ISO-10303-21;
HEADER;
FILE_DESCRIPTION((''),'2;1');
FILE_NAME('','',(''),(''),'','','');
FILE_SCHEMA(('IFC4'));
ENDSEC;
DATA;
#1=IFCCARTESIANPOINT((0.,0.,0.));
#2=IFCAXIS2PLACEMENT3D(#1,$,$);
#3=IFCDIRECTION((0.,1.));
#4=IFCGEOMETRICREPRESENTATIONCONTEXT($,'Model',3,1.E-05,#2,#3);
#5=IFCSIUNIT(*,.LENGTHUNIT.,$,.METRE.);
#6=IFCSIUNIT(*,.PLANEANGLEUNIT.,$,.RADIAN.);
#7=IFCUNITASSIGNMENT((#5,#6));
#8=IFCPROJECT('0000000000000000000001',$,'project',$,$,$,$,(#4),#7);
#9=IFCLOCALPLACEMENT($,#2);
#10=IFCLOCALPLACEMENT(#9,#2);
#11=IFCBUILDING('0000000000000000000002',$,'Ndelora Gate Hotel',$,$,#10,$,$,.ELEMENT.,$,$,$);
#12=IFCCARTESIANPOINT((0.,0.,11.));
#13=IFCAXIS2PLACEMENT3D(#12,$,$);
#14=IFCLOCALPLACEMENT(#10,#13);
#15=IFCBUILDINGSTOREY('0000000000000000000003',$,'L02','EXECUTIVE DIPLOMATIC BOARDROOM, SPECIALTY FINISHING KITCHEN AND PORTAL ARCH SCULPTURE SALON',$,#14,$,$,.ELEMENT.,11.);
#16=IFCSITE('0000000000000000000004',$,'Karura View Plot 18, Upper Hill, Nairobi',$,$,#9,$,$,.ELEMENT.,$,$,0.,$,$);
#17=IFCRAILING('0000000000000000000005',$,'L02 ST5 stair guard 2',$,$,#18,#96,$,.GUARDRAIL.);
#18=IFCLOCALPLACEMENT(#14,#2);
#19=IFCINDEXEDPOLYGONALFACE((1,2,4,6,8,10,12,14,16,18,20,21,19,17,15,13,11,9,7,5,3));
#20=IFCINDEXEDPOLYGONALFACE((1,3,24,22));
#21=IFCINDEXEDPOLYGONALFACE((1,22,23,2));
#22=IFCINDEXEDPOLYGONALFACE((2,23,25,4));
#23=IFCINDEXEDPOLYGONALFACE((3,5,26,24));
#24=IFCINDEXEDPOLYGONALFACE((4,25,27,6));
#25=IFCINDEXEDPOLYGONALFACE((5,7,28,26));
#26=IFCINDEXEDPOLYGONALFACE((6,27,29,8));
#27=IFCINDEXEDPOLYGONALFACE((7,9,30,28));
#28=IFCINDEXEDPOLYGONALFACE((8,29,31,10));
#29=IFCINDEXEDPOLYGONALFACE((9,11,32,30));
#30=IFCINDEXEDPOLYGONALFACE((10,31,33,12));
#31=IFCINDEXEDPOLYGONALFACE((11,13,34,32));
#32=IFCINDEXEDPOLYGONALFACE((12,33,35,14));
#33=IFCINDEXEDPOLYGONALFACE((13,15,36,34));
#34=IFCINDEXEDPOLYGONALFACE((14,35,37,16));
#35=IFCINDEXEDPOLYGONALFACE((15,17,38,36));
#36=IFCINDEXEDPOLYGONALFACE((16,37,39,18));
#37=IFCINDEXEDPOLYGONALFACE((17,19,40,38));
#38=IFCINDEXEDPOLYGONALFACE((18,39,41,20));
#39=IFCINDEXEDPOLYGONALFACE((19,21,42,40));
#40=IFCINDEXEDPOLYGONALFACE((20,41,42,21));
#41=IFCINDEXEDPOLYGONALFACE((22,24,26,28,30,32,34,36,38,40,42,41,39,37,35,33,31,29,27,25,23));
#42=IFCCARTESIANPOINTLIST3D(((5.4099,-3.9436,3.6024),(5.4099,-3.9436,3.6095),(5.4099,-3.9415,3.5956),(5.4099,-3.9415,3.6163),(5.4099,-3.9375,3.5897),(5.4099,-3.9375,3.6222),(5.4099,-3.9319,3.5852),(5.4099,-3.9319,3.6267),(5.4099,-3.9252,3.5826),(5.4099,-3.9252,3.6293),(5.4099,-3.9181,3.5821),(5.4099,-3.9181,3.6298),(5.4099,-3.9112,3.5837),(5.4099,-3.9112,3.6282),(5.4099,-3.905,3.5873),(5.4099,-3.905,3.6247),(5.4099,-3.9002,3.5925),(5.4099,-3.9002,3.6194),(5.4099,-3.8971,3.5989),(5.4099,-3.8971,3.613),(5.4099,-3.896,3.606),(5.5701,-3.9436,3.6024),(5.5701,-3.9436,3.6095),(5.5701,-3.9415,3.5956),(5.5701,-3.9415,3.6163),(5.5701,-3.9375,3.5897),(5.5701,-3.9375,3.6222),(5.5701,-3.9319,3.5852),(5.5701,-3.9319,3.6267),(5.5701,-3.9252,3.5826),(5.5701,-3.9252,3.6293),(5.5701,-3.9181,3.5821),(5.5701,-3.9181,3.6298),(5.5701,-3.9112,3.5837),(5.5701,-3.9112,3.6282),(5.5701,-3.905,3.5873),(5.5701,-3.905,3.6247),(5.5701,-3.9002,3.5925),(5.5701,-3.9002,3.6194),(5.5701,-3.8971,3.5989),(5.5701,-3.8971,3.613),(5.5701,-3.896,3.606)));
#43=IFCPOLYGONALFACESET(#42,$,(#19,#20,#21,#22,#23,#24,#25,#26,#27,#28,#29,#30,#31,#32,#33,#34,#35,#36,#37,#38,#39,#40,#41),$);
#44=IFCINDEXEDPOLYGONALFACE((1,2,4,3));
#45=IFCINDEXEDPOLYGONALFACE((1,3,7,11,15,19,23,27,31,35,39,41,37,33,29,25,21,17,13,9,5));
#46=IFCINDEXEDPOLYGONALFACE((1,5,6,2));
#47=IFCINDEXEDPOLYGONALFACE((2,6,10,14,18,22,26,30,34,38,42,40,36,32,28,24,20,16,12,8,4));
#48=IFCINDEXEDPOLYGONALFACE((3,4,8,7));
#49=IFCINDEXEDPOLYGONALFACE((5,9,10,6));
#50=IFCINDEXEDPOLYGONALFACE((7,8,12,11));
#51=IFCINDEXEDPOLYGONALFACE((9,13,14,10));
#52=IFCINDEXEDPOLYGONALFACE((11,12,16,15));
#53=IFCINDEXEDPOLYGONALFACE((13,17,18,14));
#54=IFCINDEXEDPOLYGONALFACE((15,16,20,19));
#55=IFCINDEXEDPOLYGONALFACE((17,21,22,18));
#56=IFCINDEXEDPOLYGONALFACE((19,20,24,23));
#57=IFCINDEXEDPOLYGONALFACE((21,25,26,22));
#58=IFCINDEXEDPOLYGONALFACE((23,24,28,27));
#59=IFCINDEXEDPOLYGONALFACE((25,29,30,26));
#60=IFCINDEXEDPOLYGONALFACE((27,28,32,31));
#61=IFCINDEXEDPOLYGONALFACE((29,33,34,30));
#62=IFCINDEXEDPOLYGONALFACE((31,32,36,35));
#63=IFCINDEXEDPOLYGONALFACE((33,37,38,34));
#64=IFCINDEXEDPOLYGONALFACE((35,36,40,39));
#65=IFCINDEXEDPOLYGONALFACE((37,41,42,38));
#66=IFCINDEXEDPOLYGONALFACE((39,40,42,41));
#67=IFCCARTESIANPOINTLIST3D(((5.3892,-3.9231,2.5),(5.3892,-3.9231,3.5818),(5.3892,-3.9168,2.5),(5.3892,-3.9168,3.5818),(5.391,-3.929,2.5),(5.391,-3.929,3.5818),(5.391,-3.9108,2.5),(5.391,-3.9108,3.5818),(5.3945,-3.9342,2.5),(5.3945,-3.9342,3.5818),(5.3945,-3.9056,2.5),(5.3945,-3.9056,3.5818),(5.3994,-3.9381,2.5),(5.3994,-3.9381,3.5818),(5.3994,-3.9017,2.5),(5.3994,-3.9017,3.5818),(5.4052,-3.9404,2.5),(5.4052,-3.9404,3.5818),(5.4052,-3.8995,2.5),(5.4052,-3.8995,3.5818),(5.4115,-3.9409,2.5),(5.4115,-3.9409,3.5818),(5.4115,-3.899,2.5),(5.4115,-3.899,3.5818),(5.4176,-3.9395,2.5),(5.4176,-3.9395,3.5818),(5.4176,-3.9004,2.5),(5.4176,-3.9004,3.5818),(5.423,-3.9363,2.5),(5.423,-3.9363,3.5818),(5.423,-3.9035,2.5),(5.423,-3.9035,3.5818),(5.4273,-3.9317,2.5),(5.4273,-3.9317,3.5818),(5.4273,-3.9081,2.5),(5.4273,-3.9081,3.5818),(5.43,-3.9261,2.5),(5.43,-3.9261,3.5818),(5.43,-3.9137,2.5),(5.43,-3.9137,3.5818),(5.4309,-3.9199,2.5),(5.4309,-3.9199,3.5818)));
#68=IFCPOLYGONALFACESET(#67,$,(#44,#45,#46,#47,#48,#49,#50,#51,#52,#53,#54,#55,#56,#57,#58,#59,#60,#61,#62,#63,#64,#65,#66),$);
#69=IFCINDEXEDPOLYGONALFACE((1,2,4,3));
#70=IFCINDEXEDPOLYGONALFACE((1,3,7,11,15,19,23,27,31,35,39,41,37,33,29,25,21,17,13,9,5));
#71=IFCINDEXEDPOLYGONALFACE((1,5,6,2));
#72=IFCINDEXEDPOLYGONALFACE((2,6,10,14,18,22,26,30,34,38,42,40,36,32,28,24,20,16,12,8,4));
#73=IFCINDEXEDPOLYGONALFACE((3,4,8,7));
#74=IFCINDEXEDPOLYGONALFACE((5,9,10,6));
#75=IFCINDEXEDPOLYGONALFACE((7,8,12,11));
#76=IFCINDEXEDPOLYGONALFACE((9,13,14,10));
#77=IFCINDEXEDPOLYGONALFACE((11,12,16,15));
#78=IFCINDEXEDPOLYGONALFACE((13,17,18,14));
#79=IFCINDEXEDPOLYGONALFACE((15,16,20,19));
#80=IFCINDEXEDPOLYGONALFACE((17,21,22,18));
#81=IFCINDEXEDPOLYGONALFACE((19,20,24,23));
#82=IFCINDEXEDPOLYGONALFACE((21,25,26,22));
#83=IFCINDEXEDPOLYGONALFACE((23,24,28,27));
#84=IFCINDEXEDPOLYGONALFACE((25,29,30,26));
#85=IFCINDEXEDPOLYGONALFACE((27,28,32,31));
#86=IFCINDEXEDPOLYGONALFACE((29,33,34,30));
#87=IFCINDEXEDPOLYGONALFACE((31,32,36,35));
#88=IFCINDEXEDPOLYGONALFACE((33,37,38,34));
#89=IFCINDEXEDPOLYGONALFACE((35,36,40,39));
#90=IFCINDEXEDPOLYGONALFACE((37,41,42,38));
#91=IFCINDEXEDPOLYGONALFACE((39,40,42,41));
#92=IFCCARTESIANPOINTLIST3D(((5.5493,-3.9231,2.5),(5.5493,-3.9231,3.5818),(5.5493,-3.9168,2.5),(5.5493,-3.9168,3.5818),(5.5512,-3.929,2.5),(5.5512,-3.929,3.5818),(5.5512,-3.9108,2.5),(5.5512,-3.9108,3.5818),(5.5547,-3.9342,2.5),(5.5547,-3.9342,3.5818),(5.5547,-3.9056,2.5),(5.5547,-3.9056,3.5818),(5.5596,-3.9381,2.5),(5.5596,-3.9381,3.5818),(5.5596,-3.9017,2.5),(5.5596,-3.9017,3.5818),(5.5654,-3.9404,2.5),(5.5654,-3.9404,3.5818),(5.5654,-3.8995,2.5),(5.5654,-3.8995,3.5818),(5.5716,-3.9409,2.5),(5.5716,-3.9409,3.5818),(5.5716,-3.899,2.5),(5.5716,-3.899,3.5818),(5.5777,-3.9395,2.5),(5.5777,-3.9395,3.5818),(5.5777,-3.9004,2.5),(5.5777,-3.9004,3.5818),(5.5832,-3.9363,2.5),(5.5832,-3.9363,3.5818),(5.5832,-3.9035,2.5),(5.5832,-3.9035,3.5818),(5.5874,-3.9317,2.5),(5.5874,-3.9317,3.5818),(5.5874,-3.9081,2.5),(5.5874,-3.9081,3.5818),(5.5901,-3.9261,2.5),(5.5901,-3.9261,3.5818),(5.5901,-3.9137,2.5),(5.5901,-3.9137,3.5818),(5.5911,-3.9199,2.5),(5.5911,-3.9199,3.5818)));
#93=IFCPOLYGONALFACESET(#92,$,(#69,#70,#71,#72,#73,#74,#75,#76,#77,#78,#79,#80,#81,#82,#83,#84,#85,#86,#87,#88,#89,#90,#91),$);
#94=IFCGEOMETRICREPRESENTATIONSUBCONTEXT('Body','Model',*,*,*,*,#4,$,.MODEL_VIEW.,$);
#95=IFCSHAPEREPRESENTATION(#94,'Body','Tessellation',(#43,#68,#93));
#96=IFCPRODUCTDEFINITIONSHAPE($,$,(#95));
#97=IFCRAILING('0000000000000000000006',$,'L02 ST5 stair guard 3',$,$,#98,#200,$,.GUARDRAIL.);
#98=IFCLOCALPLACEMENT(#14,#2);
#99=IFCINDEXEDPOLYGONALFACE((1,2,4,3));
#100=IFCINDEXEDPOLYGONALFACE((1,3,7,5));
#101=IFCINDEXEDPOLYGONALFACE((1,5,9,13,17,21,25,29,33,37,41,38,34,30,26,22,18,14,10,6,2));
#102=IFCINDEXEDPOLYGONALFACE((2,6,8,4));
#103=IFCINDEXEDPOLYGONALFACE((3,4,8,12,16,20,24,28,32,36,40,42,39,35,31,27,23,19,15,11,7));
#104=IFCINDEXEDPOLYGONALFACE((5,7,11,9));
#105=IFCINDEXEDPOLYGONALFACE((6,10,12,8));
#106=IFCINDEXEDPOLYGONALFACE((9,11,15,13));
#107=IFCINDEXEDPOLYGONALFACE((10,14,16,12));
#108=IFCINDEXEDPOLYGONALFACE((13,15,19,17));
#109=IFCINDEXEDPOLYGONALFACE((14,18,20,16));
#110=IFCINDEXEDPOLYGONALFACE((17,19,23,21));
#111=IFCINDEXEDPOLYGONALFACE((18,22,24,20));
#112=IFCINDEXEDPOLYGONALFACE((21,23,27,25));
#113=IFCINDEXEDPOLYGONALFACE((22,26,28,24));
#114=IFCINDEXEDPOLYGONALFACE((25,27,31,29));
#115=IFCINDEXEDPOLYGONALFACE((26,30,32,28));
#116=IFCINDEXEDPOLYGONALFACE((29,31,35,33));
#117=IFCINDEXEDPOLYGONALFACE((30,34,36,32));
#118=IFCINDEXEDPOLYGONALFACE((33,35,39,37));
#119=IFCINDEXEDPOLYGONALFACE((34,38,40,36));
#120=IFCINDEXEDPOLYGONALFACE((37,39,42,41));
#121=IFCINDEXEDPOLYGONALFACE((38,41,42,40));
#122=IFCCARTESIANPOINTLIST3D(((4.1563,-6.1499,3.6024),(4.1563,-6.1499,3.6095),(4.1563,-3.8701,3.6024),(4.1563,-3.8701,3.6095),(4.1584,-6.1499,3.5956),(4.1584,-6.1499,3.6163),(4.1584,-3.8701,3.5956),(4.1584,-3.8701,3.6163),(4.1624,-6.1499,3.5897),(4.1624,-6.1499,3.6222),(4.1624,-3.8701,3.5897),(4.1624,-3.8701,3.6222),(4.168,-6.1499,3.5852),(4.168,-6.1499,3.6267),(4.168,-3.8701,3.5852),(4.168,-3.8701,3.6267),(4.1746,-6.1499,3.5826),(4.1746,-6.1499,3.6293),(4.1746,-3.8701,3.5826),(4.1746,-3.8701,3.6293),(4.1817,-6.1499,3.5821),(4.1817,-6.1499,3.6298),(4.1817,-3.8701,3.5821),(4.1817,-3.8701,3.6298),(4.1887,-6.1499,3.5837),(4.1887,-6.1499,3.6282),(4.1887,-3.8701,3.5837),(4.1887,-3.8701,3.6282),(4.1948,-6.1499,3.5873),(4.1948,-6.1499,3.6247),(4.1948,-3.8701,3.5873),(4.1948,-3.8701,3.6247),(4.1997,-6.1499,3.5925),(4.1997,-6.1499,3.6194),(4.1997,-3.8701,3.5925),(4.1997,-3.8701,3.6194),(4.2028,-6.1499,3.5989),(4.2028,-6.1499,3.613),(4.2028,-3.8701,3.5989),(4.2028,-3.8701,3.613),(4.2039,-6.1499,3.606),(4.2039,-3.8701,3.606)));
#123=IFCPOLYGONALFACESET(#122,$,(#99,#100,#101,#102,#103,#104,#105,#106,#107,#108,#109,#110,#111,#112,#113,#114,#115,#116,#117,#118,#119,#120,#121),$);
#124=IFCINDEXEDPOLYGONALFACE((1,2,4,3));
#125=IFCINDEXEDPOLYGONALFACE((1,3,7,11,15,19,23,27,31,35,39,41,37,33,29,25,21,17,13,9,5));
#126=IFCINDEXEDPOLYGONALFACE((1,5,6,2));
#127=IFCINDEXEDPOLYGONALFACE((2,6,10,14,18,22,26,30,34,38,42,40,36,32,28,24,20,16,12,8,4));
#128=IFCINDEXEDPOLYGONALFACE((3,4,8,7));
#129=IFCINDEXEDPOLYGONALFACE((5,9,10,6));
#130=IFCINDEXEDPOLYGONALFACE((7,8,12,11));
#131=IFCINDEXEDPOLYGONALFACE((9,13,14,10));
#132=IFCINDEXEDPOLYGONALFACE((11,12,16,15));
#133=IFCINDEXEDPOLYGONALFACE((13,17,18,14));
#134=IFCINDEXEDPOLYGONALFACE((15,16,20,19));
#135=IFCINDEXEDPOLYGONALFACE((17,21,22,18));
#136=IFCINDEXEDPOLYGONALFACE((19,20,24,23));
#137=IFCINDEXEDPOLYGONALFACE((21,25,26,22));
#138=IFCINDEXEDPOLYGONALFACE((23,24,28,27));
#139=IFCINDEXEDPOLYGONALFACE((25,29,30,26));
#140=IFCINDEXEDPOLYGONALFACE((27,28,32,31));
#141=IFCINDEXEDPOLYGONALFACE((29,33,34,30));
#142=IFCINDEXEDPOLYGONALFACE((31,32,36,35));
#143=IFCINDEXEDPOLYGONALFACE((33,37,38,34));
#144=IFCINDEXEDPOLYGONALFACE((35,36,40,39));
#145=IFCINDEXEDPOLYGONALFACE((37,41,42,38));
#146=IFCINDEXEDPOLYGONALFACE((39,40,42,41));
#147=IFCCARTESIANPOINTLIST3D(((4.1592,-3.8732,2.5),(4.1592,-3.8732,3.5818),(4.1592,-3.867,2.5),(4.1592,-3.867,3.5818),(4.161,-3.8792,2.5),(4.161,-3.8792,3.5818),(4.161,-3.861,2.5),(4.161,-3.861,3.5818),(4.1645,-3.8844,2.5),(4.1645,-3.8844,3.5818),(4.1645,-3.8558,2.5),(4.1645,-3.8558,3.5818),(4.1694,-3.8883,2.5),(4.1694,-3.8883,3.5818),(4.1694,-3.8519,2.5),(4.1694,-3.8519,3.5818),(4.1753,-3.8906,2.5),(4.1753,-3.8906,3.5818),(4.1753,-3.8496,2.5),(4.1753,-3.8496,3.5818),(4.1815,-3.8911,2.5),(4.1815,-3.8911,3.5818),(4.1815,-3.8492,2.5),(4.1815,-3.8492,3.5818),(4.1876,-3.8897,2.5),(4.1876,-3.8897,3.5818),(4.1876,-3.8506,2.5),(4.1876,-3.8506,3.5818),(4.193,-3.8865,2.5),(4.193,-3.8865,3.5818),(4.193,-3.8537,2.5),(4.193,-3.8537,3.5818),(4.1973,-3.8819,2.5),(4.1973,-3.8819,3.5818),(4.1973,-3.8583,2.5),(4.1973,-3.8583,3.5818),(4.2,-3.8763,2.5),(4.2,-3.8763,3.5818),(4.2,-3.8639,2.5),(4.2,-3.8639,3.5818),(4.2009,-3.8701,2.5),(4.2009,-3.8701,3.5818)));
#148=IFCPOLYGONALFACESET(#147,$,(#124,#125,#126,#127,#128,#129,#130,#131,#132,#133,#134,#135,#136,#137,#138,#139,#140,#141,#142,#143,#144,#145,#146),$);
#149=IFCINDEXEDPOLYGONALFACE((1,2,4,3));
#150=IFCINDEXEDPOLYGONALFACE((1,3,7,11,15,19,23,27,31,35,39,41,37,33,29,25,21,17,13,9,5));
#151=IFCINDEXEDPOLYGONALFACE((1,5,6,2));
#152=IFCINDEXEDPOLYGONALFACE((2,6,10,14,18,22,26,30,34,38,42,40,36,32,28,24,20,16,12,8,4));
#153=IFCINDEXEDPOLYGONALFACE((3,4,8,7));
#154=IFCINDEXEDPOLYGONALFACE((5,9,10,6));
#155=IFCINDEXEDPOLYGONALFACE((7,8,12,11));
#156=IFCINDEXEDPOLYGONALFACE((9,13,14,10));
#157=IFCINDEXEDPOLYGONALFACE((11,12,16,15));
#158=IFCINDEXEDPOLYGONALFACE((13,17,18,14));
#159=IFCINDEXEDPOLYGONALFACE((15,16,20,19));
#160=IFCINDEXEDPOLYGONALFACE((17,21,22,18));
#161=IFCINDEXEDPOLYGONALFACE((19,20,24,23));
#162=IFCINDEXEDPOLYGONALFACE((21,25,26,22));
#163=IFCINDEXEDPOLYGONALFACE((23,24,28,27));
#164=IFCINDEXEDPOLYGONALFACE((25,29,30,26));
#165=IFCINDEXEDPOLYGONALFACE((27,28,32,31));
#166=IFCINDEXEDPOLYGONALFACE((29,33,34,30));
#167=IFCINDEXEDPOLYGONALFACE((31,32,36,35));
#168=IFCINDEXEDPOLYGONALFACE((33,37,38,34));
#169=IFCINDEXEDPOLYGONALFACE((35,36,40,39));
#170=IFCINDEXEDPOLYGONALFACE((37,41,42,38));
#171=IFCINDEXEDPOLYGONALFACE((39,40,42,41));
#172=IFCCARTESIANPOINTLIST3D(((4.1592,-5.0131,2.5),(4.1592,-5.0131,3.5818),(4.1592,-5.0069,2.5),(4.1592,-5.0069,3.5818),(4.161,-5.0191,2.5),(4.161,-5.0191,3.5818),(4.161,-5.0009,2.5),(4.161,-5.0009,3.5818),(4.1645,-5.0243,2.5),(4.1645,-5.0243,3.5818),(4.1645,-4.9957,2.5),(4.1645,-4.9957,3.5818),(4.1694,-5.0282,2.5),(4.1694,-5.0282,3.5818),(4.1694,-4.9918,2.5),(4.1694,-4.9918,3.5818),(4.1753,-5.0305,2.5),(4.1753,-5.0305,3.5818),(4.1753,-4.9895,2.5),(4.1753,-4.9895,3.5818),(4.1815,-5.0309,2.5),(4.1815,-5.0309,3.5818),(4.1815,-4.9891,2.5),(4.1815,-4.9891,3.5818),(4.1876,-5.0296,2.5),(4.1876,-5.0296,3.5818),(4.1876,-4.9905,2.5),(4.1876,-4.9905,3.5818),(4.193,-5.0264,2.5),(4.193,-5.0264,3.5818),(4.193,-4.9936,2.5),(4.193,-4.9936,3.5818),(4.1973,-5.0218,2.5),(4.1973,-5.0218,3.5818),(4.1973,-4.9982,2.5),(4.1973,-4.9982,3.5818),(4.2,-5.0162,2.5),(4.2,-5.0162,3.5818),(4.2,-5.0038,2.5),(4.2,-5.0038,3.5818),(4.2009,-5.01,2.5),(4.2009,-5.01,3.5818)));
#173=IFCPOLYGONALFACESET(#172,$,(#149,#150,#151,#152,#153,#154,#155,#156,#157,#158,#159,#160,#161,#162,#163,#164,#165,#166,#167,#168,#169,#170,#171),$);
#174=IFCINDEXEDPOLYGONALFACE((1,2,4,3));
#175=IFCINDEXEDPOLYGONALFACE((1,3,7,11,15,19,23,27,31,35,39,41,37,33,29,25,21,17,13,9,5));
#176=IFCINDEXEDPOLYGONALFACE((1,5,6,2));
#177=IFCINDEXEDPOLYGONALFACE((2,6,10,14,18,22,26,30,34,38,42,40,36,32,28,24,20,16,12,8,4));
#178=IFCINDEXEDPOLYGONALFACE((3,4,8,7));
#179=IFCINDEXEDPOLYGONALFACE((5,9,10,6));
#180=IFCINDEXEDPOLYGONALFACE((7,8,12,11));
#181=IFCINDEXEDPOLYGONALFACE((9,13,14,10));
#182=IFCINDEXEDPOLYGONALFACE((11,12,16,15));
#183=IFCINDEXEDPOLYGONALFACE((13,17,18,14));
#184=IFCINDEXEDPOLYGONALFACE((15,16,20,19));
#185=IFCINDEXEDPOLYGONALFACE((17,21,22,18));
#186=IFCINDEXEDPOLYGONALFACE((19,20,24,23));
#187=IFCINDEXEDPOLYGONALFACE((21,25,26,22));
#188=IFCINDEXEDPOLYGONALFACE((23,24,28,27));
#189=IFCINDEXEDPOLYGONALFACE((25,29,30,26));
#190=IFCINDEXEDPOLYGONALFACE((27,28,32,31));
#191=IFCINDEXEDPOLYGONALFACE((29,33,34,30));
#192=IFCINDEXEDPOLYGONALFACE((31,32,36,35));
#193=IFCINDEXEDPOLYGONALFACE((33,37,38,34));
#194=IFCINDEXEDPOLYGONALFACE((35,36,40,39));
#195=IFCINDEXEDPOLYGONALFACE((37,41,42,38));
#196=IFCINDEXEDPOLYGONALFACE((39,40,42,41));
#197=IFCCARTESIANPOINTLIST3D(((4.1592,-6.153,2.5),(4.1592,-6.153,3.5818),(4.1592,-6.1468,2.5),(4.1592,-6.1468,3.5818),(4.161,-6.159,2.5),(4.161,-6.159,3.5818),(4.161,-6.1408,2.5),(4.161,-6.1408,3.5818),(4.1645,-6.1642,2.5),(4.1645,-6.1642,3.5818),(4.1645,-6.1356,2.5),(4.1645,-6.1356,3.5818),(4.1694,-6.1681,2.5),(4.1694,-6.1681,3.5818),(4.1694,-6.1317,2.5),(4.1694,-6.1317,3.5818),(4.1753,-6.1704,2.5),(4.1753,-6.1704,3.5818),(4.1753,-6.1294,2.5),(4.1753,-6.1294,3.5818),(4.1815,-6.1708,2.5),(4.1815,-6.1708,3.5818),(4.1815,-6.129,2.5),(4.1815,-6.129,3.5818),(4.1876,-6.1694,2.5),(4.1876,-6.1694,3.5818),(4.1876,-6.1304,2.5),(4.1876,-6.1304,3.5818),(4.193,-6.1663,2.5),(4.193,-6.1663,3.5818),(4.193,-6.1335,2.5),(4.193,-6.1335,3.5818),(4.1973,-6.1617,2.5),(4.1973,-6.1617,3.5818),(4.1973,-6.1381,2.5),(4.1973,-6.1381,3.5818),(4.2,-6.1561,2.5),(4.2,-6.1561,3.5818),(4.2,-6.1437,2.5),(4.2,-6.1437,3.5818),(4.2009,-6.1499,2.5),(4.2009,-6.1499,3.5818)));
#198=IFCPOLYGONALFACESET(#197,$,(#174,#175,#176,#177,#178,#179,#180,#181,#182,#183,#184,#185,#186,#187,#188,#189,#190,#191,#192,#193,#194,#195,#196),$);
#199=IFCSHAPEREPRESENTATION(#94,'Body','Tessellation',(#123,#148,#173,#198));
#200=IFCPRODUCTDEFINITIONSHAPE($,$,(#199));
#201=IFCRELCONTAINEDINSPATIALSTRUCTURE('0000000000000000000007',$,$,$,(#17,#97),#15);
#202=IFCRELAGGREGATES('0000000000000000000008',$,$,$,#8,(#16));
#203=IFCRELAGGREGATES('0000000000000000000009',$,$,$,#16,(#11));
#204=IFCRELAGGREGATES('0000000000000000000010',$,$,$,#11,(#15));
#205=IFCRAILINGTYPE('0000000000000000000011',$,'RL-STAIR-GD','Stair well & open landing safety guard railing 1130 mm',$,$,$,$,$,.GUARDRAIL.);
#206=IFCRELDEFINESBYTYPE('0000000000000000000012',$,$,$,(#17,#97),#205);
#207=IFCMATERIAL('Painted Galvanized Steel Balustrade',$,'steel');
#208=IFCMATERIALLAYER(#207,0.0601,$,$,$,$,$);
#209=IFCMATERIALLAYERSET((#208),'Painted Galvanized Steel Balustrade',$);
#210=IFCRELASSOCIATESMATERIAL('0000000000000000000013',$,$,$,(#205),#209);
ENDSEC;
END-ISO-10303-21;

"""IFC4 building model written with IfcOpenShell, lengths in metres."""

from ifc_helpers import new_model, si_unit, direction, frame, origin, origin_2d, place, context, subcontext, project, spatial, circle, extrude, material, layer, layer_set, type_object, element, save


model = new_model("IFC4")

# Units and contexts
model_context = context("Model", 3, precision=1e-05, world=origin(), true_north=direction((0.0, 1.0)))
body_context = subcontext(model_context, "Body", "Model", "MODEL_VIEW")
ifc_project = project(units=[si_unit("LENGTHUNIT", "METRE"), si_unit("PLANEANGLEUNIT", "RADIAN")], contexts=[model_context])

# Site, building, storey
site_placement = place(None, origin())
site = spatial("IfcSite", under=ifc_project, at=site_placement, Name="Karura View Plot 18, Upper Hill, Nairobi", CompositionType="ELEMENT", RefElevation=0.0)
building_placement = place(site_placement, origin())
building = spatial("IfcBuilding", under=site, at=building_placement, Name="Ndelora Gate Hotel", CompositionType="ELEMENT")
storey_placement = place(building_placement, frame((0.0, 0.0, 11.0)))
storey = spatial("IfcBuildingStorey", under=building, at=storey_placement, Name="L02", Description="EXECUTIVE DIPLOMATIC BOARDROOM, SPECIALTY FINISHING KITCHEN AND PORTAL ARCH SCULPTURE SALON", CompositionType="ELEMENT", Elevation=11.0)

# Railings
ifc_material_1 = material(Name="Painted Galvanized Steel Balustrade", Category="steel")
ifc_layer_1 = layer(ifc_material_1, 0.0601)
ifc_layer_set_1 = layer_set([ifc_layer_1], Name="Painted Galvanized Steel Balustrade")
railing_type_1 = type_object("IfcRailingType", Name="RL-STAIR-GD", Description="Stair well & open landing safety guard railing 1130 mm", PredefinedType="GUARDRAIL", material=ifc_layer_set_1)
railing_1_placement = place(storey_placement, frame((5.4099, -3.9199, 2.5)))
element("IfcRailing", 1, at=railing_1_placement, inside=storey, type_object=railing_type_1, Name="L02 ST5 stair guard 2", PredefinedType="GUARDRAIL", context=body_context, shape_type="SweptSolid", body=[
    extrude(circle(Radius=0.0239, at=origin_2d()), frame((0.0, 0.0, 1.106), z_axis=(1.0, 0.0, 0.0), x_axis=(0.0, 1.0, 0.0)), (0.0, 0.0, 1.0), 0.1602),
    extrude(circle(Radius=0.021, at=origin_2d()), origin(), (0.0, 0.0, 1.0), 1.0818),
    extrude(circle(Radius=0.021, at=origin_2d()), frame((0.1602, 0.0, 0.0)), (0.0, 0.0, 1.0), 1.0818),
])
for number, where, name in (
    (2, (4.1799, -3.8701, 2.5), "L02 ST5 stair guard 3"),
):
    element("IfcRailing", number, at=place(storey_placement, frame(where)), inside=storey, type_object=railing_type_1, Name=name, PredefinedType="GUARDRAIL", context=body_context, shape_type="SweptSolid", body=[
        extrude(circle(Radius=0.0239, at=origin_2d()), frame((0.0, 0.0, 1.106), z_axis=(0.0, -1.0, 0.0), x_axis=(1.0, 0.0, 0.0)), (0.0, 0.0, 1.0), 2.2798),
        extrude(circle(Radius=0.021, at=origin_2d()), origin(), (0.0, 0.0, 1.0), 1.0818),
        extrude(circle(Radius=0.021, at=origin_2d()), frame((0.0, -1.1399, 0.0)), (0.0, 0.0, 1.0), 1.0818),
        extrude(circle(Radius=0.021, at=origin_2d()), frame((0.0, -2.2798, 0.0)), (0.0, 0.0, 1.0), 1.0818),
    ])

save(model, "model.ifc")
